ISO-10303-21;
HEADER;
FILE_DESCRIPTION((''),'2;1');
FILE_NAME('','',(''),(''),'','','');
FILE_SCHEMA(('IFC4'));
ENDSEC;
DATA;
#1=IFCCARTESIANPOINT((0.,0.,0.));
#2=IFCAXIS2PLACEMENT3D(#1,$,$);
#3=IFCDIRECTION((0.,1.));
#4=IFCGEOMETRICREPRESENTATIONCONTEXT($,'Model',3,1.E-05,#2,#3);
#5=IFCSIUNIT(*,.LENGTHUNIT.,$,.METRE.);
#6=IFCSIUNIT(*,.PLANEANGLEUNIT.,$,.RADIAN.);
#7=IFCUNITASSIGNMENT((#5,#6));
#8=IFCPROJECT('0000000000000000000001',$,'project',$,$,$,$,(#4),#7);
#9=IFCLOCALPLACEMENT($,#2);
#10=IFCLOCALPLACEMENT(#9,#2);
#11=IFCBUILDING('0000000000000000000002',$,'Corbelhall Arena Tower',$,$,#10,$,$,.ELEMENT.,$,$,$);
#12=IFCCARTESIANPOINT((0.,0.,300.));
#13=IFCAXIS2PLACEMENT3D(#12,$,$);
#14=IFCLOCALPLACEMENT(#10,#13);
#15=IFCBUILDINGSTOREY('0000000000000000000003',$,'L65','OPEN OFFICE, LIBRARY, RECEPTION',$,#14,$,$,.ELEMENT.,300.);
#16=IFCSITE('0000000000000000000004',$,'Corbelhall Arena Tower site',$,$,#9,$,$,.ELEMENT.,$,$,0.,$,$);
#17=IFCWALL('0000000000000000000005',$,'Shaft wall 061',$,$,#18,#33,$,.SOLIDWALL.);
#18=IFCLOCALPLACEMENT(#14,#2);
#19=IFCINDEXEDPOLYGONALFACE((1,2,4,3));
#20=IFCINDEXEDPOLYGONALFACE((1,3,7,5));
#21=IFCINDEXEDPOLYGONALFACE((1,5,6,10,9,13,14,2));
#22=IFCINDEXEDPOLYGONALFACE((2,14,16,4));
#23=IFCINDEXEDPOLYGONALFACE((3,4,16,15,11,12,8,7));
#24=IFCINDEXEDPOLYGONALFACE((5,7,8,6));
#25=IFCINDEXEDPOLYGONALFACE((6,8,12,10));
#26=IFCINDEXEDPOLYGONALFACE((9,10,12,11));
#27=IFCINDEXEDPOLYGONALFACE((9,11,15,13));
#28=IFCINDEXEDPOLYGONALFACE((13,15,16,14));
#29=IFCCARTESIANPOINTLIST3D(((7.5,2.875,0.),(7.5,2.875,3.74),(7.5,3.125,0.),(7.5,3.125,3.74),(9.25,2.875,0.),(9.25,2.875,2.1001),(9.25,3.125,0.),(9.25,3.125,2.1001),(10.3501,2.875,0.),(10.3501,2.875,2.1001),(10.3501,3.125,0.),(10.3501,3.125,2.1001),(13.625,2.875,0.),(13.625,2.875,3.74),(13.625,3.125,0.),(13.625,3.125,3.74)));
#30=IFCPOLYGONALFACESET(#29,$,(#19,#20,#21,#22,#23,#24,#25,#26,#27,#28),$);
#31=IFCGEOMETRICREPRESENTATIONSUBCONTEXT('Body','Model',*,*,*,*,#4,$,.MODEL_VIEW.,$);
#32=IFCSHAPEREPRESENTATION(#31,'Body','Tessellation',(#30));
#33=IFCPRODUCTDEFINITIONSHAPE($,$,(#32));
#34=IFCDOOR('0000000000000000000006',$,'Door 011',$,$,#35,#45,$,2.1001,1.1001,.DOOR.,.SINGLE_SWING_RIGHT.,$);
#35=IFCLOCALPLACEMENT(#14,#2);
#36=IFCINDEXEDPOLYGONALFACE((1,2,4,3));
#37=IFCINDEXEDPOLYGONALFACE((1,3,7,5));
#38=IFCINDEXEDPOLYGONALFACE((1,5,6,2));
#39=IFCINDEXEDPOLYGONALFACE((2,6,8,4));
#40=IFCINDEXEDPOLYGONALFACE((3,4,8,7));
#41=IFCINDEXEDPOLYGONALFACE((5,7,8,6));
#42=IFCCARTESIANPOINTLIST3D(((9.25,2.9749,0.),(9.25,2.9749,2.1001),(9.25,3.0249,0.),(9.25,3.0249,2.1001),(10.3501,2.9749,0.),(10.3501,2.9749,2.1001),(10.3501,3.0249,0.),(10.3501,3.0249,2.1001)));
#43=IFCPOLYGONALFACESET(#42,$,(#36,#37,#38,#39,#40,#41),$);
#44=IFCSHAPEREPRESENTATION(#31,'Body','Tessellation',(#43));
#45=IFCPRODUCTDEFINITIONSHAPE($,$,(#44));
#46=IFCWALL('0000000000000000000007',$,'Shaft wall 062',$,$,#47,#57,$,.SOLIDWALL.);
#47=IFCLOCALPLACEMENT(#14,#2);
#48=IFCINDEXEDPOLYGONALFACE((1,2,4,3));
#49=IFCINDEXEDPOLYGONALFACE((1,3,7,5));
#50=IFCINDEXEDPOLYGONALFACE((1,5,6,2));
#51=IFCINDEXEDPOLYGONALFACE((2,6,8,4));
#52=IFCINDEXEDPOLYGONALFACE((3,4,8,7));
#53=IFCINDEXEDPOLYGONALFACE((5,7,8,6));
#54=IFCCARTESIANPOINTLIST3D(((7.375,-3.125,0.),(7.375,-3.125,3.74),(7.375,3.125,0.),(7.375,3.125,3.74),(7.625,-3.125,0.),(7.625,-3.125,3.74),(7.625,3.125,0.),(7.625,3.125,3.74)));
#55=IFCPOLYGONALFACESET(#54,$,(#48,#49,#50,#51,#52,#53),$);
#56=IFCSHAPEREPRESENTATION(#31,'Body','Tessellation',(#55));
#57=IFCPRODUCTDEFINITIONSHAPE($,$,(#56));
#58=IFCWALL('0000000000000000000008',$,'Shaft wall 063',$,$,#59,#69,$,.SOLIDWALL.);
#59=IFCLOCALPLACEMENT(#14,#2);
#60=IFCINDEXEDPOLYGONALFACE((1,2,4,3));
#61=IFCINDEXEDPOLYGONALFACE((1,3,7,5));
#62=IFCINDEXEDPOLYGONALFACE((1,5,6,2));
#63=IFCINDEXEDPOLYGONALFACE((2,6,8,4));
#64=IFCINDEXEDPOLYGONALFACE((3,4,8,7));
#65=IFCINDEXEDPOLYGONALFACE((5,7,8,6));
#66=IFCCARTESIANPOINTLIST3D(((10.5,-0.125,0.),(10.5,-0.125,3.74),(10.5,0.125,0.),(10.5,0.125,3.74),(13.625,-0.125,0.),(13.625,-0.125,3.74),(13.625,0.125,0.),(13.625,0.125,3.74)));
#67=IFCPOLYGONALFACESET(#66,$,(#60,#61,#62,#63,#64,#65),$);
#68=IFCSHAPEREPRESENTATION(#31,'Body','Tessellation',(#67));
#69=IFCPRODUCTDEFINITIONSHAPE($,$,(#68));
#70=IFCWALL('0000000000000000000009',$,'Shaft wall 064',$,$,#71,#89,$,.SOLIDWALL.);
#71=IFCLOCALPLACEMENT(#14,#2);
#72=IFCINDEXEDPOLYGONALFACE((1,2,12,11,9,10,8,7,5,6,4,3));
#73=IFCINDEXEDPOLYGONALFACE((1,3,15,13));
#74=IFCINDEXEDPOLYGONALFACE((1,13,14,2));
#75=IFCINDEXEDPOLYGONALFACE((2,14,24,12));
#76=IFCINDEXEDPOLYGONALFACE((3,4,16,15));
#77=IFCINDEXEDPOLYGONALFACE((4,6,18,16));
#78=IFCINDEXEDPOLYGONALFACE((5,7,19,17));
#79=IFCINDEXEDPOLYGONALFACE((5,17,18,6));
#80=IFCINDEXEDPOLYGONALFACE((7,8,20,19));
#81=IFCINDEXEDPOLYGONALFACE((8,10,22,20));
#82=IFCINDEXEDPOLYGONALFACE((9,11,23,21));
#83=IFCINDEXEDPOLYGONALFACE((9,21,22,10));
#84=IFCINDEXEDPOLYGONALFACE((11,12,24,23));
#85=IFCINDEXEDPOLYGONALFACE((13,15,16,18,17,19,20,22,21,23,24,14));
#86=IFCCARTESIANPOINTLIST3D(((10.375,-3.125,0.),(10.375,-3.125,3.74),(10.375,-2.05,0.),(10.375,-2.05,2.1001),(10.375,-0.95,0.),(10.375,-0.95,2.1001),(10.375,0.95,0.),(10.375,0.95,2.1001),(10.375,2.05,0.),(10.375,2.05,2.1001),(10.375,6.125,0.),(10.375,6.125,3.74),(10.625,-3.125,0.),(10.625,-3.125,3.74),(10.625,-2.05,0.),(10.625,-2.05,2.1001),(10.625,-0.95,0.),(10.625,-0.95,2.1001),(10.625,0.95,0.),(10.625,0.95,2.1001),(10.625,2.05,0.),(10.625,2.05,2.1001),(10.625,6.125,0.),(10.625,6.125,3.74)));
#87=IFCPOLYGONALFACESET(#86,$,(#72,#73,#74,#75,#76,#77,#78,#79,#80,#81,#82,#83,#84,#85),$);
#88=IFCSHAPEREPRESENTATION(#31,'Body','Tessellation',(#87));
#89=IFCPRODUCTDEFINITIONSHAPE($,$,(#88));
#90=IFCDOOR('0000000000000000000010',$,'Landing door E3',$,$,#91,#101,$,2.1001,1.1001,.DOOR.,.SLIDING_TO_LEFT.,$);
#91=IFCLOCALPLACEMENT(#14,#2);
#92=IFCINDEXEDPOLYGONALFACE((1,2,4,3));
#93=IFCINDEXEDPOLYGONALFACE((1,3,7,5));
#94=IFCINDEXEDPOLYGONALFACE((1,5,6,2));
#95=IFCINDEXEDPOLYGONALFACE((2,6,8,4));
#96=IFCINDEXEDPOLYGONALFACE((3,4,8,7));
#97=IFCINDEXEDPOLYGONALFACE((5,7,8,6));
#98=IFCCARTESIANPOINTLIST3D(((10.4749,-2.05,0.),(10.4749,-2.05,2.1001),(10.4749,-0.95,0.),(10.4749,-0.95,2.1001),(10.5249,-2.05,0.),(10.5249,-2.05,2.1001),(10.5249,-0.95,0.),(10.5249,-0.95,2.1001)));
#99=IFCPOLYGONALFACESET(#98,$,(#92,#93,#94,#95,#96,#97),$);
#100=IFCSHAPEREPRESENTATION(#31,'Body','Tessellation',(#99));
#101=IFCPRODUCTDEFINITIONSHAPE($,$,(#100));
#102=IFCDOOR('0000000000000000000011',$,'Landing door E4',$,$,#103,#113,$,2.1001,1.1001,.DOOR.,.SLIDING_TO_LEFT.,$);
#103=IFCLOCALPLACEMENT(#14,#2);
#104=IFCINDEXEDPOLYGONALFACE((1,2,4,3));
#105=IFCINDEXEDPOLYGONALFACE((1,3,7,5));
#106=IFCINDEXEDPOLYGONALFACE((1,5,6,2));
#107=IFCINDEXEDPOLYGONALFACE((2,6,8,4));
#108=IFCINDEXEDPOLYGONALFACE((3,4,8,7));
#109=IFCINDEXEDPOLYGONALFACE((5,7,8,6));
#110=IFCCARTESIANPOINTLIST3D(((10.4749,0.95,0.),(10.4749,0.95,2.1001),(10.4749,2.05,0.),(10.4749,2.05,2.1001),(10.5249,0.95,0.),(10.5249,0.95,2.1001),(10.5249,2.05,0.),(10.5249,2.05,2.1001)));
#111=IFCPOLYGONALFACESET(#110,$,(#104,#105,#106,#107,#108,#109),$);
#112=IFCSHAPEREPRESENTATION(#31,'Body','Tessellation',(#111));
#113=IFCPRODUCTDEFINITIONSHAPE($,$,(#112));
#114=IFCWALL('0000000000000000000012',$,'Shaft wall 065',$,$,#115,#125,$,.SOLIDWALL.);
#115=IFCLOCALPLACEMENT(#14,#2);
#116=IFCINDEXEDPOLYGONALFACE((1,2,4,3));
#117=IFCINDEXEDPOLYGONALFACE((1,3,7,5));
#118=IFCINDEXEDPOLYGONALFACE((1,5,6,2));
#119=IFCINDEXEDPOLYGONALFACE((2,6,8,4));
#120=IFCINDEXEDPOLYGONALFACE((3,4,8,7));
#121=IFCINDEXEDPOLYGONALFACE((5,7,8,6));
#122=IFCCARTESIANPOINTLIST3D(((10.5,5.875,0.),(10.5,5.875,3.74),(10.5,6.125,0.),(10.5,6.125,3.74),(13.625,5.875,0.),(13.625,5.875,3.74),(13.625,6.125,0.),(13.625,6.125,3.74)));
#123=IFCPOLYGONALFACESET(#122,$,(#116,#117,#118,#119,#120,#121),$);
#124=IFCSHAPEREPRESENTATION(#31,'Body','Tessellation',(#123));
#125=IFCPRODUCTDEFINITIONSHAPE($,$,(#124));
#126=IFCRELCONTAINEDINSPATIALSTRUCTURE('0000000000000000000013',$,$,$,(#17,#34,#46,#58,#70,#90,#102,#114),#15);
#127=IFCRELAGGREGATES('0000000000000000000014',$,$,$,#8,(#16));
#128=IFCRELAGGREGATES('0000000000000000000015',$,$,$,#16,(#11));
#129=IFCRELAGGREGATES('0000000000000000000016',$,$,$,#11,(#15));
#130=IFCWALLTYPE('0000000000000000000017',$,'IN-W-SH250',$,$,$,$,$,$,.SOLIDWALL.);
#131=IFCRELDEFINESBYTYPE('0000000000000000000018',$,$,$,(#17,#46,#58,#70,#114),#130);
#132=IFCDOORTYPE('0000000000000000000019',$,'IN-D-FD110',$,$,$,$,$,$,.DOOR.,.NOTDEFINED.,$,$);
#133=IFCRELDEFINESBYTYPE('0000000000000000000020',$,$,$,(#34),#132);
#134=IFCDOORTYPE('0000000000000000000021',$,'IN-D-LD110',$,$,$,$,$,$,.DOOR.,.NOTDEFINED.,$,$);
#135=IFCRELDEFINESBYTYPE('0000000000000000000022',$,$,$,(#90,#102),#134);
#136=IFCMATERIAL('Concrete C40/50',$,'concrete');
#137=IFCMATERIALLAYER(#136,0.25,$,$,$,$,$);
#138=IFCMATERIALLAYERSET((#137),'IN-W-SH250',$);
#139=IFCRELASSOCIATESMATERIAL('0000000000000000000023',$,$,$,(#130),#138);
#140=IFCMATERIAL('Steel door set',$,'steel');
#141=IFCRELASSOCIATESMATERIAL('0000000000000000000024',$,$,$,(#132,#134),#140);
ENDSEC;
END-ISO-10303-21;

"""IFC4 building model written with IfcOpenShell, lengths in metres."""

from ifc_helpers import new_model, si_unit, direction, frame, frame_2d, origin, place, context, subcontext, project, spatial, rectangle, extrude, material, layer, layer_set, type_object, element, fill, save


model = new_model("IFC4")

# Units and contexts
model_context = context("Model", 3, precision=1e-05, world=origin(), true_north=direction((0.0, 1.0)))
body_context = subcontext(model_context, "Body", "Model", "MODEL_VIEW")
ifc_project = project(units=[si_unit("LENGTHUNIT", "METRE"), si_unit("PLANEANGLEUNIT", "RADIAN")], contexts=[model_context])

# Site, building, storey
site_placement = place(None, origin())
site = spatial("IfcSite", under=ifc_project, at=site_placement, Name="Corbelhall Arena Tower site", CompositionType="ELEMENT", RefElevation=0.0)
building_placement = place(site_placement, origin())
building = spatial("IfcBuilding", under=site, at=building_placement, Name="Corbelhall Arena Tower", CompositionType="ELEMENT")
storey_placement = place(building_placement, frame((0.0, 0.0, 300.0)))
storey = spatial("IfcBuildingStorey", under=building, at=storey_placement, Name="L65", Description="OPEN OFFICE, LIBRARY, RECEPTION", CompositionType="ELEMENT", Elevation=300.0)

# Shared definitions
ifc_material_1 = material(Name="Concrete C40/50", Category="concrete")

# Wall, opening, door
ifc_layer_1 = layer(ifc_material_1, 0.25)
ifc_layer_set_1 = layer_set([ifc_layer_1], Name="IN-W-SH250")
wall_type_1 = type_object("IfcWallType", Name="IN-W-SH250", PredefinedType="SOLIDWALL", material=ifc_layer_set_1)
wall_1_placement = place(storey_placement, frame((7.5, 3.0, 0.0), z_axis=(0.0, 0.0, 1.0), x_axis=(1.0, 0.0, 0.0)))
wall_1 = element("IfcWall", 1, at=wall_1_placement, inside=storey, type_object=wall_type_1, Name="Shaft wall 061", PredefinedType="SOLIDWALL", context=body_context, shape_type="SweptSolid", body=[
    extrude(rectangle(XDim=6.125, YDim=0.25, at=frame_2d((3.0625, 0.0))), origin(), (0.0, 0.0, 1.0), 3.74),
])
opening_1_placement = place(wall_1_placement, frame((1.75, 0.0, 0.0)))
opening_1 = element("IfcOpeningElement", 2, at=opening_1_placement, cuts=wall_1, PredefinedType="OPENING", context=body_context, shape_type="SweptSolid", body=[
    extrude(rectangle(XDim=1.1001, YDim=2.1001, at=frame_2d((0.55, 1.05))), frame((0.0, 0.125, 0.0), z_axis=(0.0, -1.0, 0.0), x_axis=(1.0, 0.0, 0.0)), (0.0, 0.0, 1.0), 0.25),
])
ifc_material_2 = material(Name="Steel door set", Category="steel")
door_type_1 = type_object("IfcDoorType", Name="IN-D-FD110", OperationType="NOTDEFINED", PredefinedType="DOOR", material=ifc_material_2)
door_1_placement = place(opening_1_placement, origin())
door_1 = element("IfcDoor", 3, at=door_1_placement, inside=storey, type_object=door_type_1, Name="Door 011", OperationType="SINGLE_SWING_RIGHT", OverallHeight=2.1001, OverallWidth=1.1001, PredefinedType="DOOR", context=body_context, shape_type="SweptSolid", body=[
    extrude(rectangle(XDim=1.1001, YDim=2.1001, at=frame_2d((0.55, 1.05))), frame((0.0, 0.0249, 0.0), z_axis=(0.0, -1.0, 0.0), x_axis=(1.0, 0.0, 0.0)), (0.0, 0.0, 1.0), 0.05),
])
fill(opening_1, door_1)

# Walls
wall_2_placement = place(storey_placement, frame((7.5, 3.125, 0.0), z_axis=(0.0, 0.0, 1.0), x_axis=(0.0, -1.0, 0.0)))
element("IfcWall", 4, at=wall_2_placement, inside=storey, type_object=wall_type_1, Name="Shaft wall 062", PredefinedType="SOLIDWALL", context=body_context, shape_type="SweptSolid", body=[
    extrude(rectangle(XDim=6.25, YDim=0.25, at=frame_2d((3.125, 0.0))), origin(), (0.0, 0.0, 1.0), 3.74),
])
wall_3_placement = place(storey_placement, frame((10.5, 0.0, 0.0), z_axis=(0.0, 0.0, 1.0), x_axis=(1.0, 0.0, 0.0)))
element("IfcWall", 5, at=wall_3_placement, inside=storey, type_object=wall_type_1, Name="Shaft wall 063", PredefinedType="SOLIDWALL", context=body_context, shape_type="SweptSolid", body=[
    extrude(rectangle(XDim=3.125, YDim=0.25, at=frame_2d((1.5625, 0.0))), origin(), (0.0, 0.0, 1.0), 3.74),
])

# Wall, openings, doors
wall_4_placement = place(storey_placement, frame((10.5, 6.125, 0.0), z_axis=(0.0, 0.0, 1.0), x_axis=(0.0, -1.0, 0.0)))
wall_4 = element("IfcWall", 6, at=wall_4_placement, inside=storey, type_object=wall_type_1, Name="Shaft wall 064", PredefinedType="SOLIDWALL", context=body_context, shape_type="SweptSolid", body=[
    extrude(rectangle(XDim=9.25, YDim=0.25, at=frame_2d((4.625, 0.0))), origin(), (0.0, 0.0, 1.0), 3.74),
])
opening_2_placement = place(wall_4_placement, frame((7.075, 0.0, 0.0)))
opening_2 = element("IfcOpeningElement", 7, at=opening_2_placement, cuts=wall_4, PredefinedType="OPENING", context=body_context, shape_type="SweptSolid", body=[
    extrude(rectangle(XDim=1.1001, YDim=2.1001, at=frame_2d((0.55, 1.05))), frame((0.0, 0.125, 0.0), z_axis=(0.0, -1.0, 0.0), x_axis=(1.0, 0.0, 0.0)), (0.0, 0.0, 1.0), 0.25),
])
opening_3_placement = place(wall_4_placement, frame((4.075, 0.0, 0.0)))
opening_3 = element("IfcOpeningElement", 8, at=opening_3_placement, cuts=wall_4, PredefinedType="OPENING", context=body_context, shape_type="SweptSolid", body=[
    extrude(rectangle(XDim=1.1001, YDim=2.1001, at=frame_2d((0.55, 1.05))), frame((0.0, 0.125, 0.0), z_axis=(0.0, -1.0, 0.0), x_axis=(1.0, 0.0, 0.0)), (0.0, 0.0, 1.0), 0.25),
])
door_type_2 = type_object("IfcDoorType", Name="IN-D-LD110", OperationType="NOTDEFINED", PredefinedType="DOOR", material=ifc_material_2)
door_2_placement = place(opening_2_placement, origin())
door_2 = element("IfcDoor", 9, at=door_2_placement, inside=storey, type_object=door_type_2, Name="Landing door E3", OperationType="SLIDING_TO_LEFT", OverallHeight=2.1001, OverallWidth=1.1001, PredefinedType="DOOR", context=body_context, shape_type="SweptSolid", body=[
    extrude(rectangle(XDim=1.1001, YDim=2.1001, at=frame_2d((0.55, 1.05))), frame((0.0, 0.0249, 0.0), z_axis=(0.0, -1.0, 0.0), x_axis=(1.0, 0.0, 0.0)), (0.0, 0.0, 1.0), 0.05),
])
fill(opening_2, door_2)
door_3_placement = place(opening_3_placement, origin())
door_3 = element("IfcDoor", 10, at=door_3_placement, inside=storey, type_object=door_type_2, Name="Landing door E4", OperationType="SLIDING_TO_LEFT", OverallHeight=2.1001, OverallWidth=1.1001, PredefinedType="DOOR", context=body_context, shape_type="SweptSolid", body=[
    extrude(rectangle(XDim=1.1001, YDim=2.1001, at=frame_2d((0.55, 1.05))), frame((0.0, 0.0249, 0.0), z_axis=(0.0, -1.0, 0.0), x_axis=(1.0, 0.0, 0.0)), (0.0, 0.0, 1.0), 0.05),
])
fill(opening_3, door_3)

# Wall
wall_5_placement = place(storey_placement, frame((10.5, 6.0, 0.0), z_axis=(0.0, 0.0, 1.0), x_axis=(1.0, 0.0, 0.0)))
element("IfcWall", 11, at=wall_5_placement, inside=storey, type_object=wall_type_1, Name="Shaft wall 065", PredefinedType="SOLIDWALL", context=body_context, shape_type="SweptSolid", body=[
    extrude(rectangle(XDim=3.125, YDim=0.25, at=frame_2d((1.5625, 0.0))), origin(), (0.0, 0.0, 1.0), 3.74),
])

save(model, "model.ifc")
